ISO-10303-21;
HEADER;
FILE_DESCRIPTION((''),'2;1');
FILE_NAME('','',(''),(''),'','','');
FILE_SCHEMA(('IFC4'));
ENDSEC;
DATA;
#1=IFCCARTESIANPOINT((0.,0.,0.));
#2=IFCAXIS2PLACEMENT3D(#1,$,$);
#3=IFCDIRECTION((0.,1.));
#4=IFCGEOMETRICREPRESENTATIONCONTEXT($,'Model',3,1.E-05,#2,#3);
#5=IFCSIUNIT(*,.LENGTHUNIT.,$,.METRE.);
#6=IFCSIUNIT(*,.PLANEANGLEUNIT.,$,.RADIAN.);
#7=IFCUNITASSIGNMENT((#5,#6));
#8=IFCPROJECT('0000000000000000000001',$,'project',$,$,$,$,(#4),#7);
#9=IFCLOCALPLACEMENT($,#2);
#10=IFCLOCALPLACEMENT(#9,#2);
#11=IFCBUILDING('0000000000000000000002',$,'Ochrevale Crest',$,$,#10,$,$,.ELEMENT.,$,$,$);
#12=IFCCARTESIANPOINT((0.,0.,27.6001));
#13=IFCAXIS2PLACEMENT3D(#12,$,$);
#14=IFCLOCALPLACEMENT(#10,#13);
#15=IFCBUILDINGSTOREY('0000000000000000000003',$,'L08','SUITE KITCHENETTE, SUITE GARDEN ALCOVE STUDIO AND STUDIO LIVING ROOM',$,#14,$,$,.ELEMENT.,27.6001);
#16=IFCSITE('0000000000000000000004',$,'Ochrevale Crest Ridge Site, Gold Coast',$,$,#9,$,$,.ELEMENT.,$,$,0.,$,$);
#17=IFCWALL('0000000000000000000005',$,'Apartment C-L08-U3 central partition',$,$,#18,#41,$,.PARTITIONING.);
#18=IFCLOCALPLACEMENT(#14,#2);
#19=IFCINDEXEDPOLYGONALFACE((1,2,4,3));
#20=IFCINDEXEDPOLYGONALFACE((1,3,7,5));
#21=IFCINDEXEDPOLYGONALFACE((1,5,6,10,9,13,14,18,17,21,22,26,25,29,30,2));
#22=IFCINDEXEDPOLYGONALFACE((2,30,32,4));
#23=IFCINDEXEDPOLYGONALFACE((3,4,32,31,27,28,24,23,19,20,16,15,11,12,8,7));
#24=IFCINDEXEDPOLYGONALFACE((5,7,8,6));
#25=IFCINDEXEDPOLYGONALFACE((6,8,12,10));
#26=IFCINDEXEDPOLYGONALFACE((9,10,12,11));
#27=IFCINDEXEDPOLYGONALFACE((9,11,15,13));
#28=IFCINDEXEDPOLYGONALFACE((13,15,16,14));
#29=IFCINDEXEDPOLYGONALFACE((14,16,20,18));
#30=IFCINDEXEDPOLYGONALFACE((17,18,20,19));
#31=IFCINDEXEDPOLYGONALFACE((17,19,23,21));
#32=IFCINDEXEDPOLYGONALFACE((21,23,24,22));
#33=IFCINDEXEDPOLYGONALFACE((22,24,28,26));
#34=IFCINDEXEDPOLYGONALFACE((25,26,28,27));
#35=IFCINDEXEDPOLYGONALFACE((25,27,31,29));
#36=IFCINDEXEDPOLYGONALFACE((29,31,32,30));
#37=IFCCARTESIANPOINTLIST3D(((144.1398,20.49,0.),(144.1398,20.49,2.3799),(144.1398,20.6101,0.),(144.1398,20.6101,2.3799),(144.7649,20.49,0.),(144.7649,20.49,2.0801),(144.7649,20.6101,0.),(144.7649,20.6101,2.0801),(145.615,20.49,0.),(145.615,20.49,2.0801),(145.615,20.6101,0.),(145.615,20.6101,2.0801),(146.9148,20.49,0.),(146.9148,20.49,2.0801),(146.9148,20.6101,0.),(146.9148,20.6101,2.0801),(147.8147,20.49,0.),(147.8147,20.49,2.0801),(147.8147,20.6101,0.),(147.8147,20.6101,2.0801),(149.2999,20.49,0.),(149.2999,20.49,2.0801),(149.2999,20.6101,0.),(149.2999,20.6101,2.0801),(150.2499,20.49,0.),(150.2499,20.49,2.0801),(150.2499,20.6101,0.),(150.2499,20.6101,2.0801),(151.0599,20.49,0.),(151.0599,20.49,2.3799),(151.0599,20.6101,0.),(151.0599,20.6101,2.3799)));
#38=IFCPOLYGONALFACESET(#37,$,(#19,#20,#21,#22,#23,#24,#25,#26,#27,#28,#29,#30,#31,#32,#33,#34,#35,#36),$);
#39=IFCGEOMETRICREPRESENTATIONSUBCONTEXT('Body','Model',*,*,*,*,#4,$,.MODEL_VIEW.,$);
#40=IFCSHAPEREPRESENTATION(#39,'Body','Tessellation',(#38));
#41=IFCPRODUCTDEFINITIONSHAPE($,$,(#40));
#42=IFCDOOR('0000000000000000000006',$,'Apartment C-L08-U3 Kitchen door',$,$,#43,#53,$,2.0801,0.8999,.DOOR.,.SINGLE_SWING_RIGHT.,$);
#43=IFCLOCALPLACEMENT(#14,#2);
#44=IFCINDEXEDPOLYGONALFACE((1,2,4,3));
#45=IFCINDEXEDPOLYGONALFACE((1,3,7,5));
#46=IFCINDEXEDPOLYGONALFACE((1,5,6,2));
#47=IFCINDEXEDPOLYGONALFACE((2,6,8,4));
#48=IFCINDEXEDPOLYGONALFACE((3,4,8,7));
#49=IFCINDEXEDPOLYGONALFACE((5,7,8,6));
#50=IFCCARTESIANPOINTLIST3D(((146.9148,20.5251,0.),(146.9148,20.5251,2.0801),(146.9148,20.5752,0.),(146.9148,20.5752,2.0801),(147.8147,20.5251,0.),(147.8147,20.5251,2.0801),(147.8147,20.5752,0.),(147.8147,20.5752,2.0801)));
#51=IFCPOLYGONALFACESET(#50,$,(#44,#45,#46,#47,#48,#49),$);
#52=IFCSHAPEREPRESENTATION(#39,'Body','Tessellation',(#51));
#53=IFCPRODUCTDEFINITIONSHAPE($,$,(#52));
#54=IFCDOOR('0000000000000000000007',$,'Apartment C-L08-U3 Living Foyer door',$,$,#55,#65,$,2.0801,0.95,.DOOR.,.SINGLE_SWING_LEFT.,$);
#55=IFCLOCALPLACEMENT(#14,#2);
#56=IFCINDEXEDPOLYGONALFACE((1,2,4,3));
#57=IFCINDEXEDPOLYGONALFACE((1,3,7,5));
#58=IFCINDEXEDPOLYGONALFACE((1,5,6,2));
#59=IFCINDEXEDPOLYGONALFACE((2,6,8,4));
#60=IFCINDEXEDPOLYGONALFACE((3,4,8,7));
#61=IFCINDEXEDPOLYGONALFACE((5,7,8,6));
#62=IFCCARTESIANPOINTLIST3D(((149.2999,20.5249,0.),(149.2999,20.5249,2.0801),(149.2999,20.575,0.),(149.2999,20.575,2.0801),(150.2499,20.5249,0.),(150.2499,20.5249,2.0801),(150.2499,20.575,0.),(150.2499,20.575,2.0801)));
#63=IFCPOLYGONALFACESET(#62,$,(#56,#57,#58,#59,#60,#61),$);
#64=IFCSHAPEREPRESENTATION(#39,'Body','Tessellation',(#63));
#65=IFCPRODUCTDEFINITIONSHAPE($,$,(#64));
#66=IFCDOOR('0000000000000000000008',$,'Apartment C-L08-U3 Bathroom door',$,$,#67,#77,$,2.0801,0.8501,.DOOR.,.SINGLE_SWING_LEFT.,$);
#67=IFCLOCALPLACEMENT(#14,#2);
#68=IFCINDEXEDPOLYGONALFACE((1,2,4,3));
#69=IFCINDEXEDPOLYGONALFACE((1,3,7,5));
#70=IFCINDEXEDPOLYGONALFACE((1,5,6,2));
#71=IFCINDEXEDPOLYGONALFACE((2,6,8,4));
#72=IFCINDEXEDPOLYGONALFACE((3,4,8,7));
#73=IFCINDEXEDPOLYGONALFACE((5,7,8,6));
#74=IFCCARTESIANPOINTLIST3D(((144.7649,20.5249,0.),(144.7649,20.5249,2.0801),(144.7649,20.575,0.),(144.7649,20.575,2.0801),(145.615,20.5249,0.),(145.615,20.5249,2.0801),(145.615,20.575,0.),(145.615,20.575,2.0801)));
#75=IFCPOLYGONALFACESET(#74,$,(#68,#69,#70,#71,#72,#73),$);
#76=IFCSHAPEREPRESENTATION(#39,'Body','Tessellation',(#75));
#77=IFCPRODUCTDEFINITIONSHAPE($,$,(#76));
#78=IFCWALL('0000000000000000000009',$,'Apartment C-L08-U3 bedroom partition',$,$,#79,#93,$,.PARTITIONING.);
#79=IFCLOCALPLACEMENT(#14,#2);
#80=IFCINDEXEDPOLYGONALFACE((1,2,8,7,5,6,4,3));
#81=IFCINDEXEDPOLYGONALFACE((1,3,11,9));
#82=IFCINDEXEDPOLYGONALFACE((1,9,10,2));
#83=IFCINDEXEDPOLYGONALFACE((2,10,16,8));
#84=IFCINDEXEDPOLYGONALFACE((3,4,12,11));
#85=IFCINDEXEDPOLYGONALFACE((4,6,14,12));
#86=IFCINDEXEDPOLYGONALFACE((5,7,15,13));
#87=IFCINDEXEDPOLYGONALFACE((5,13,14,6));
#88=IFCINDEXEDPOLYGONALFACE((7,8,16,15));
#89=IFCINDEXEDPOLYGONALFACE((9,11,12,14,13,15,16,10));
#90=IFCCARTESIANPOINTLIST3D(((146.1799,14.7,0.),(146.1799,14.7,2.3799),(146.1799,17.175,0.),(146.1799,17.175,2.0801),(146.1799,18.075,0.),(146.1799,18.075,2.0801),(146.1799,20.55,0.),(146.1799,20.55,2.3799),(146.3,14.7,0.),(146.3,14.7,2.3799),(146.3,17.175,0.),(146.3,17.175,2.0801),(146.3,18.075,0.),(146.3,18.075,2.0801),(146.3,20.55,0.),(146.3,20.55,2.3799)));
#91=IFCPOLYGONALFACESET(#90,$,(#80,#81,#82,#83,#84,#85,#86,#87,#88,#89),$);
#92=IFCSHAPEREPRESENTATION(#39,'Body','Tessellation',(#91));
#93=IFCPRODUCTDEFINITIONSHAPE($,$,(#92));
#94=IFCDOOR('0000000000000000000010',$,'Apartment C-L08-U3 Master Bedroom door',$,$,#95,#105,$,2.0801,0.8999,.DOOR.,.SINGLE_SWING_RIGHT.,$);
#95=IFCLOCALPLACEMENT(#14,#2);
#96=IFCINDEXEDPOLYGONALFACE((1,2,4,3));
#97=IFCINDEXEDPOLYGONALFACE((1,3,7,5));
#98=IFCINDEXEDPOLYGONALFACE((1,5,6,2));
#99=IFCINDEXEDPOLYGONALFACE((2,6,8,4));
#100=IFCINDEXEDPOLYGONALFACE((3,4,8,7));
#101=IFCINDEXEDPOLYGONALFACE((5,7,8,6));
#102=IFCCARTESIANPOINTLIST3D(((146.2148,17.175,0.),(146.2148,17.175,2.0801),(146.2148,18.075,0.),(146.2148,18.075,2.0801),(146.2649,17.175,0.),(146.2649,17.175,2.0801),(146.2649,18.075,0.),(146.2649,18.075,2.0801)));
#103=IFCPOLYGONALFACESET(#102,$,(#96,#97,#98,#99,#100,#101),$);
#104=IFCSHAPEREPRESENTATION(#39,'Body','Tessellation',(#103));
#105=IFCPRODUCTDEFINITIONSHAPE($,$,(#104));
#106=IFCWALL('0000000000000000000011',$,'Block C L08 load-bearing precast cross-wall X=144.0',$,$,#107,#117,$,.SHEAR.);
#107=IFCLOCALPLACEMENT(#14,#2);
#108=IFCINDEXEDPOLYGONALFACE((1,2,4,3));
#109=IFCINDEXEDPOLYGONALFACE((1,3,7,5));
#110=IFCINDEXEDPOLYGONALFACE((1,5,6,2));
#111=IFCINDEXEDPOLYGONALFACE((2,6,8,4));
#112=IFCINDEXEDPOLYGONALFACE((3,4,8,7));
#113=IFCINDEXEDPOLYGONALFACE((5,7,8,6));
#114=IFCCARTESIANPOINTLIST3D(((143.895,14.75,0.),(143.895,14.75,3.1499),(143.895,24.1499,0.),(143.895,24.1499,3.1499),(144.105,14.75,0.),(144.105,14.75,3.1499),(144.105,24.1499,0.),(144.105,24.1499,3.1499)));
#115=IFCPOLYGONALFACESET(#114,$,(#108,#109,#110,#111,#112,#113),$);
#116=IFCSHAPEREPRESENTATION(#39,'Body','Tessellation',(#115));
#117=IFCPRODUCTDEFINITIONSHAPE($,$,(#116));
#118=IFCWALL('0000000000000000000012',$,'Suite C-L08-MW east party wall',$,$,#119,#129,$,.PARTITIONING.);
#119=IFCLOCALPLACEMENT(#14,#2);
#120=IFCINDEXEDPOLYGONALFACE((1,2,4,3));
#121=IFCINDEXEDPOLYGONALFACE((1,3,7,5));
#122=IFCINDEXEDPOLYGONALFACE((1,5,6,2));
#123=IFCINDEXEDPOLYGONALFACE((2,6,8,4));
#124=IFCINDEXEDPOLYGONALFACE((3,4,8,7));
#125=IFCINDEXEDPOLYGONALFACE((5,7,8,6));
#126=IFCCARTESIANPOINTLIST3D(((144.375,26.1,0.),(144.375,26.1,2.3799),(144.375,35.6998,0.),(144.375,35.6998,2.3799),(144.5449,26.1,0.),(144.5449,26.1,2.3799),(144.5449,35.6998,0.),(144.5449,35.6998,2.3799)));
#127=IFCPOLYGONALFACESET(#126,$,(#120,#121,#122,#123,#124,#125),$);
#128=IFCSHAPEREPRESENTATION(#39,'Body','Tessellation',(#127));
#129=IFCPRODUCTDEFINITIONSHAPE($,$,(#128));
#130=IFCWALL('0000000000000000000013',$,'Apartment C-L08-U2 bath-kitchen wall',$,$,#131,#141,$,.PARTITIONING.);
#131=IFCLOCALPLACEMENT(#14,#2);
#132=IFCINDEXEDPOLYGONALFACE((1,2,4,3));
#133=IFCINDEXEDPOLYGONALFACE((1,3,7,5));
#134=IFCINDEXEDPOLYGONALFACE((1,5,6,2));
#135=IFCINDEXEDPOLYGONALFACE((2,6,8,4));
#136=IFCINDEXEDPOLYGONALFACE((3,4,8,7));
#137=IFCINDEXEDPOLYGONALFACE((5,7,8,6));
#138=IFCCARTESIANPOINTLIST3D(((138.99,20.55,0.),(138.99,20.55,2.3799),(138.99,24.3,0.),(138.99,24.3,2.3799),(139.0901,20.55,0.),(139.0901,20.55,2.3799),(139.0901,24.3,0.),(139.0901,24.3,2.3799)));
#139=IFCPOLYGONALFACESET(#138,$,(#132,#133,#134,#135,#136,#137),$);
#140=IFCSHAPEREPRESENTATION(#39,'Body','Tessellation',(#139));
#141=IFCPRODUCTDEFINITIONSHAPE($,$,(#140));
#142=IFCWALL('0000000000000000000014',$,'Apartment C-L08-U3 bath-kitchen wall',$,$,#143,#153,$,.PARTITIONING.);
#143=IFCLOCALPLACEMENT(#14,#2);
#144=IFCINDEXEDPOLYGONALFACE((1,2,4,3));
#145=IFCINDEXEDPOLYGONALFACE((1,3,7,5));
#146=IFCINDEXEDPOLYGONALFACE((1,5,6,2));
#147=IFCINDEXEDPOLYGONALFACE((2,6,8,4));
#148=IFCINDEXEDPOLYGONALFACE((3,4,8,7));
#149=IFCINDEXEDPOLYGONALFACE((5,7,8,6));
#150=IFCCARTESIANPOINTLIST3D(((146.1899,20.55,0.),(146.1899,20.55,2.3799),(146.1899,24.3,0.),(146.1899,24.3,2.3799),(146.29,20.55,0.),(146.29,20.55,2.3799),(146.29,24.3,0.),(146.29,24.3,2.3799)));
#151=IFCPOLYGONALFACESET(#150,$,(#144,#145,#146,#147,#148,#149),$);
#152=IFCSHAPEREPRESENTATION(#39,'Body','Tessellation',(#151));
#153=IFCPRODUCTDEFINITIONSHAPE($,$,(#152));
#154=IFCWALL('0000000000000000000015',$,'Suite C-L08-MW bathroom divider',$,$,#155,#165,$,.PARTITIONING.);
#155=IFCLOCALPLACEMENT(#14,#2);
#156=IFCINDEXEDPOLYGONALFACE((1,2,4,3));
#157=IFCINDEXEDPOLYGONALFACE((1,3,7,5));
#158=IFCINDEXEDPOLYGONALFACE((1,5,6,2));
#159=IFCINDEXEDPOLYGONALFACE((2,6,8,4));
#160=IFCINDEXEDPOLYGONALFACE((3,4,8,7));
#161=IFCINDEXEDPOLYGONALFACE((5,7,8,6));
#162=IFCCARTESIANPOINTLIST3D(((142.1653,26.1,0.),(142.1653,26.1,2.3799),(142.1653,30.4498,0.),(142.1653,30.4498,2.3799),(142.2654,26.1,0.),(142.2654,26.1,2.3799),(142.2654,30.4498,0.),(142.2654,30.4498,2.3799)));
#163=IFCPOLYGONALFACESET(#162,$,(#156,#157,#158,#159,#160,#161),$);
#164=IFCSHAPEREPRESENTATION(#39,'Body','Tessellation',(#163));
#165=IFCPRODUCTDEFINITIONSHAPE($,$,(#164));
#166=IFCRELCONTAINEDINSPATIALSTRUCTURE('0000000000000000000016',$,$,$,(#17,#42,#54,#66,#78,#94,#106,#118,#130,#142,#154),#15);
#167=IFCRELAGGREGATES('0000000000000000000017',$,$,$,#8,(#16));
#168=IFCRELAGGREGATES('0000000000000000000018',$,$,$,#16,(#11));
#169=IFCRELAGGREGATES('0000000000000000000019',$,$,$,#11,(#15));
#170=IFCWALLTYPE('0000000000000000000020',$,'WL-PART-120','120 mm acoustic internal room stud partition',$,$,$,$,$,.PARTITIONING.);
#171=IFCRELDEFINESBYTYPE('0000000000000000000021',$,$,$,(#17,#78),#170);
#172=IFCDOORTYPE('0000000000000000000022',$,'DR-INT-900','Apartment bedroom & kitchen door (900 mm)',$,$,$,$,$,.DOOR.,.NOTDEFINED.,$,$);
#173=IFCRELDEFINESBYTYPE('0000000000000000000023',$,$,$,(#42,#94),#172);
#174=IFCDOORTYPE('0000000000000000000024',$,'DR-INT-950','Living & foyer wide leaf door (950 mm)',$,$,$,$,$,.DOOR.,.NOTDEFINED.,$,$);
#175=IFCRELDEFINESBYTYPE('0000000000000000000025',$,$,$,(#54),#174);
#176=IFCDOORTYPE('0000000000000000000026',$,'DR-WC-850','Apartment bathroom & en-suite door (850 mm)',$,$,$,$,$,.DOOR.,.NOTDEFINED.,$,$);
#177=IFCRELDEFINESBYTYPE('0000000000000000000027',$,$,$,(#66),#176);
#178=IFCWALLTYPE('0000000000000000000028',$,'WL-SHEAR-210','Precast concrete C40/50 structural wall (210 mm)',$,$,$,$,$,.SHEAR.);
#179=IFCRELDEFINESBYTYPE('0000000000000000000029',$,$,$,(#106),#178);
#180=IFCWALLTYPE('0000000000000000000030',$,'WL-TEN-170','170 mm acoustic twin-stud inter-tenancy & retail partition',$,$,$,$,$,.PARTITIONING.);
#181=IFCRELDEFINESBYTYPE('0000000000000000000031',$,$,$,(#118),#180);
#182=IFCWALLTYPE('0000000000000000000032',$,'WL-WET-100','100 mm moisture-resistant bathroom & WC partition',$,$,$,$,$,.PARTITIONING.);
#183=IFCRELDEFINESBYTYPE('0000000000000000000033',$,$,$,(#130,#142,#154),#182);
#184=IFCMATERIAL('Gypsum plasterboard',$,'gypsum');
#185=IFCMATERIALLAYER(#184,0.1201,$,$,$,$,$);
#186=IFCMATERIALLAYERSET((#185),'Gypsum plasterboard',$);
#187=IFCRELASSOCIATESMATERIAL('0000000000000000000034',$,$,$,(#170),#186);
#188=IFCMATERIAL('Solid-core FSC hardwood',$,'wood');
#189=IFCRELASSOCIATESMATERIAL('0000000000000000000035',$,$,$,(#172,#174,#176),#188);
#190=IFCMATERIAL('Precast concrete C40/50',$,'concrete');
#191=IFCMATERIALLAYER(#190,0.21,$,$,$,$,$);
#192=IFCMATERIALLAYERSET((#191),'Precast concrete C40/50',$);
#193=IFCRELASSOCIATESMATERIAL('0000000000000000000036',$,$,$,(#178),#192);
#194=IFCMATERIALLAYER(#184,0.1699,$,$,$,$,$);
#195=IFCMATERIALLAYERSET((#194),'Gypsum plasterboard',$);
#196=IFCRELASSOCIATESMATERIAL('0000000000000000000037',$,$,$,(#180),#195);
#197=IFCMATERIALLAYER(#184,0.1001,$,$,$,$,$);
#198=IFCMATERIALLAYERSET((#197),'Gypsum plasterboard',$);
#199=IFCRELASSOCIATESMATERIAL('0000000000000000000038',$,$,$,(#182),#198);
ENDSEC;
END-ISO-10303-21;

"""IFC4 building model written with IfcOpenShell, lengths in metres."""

from ifc_helpers import new_model, si_unit, direction, frame, frame_2d, origin, place, context, subcontext, project, spatial, rectangle, extrude, material, layer, layer_set, type_object, element, fill, save


model = new_model("IFC4")

# Units and contexts
model_context = context("Model", 3, precision=1e-05, world=origin(), true_north=direction((0.0, 1.0)))
body_context = subcontext(model_context, "Body", "Model", "MODEL_VIEW")
ifc_project = project(units=[si_unit("LENGTHUNIT", "METRE"), si_unit("PLANEANGLEUNIT", "RADIAN")], contexts=[model_context])

# Site, building, storey
site_placement = place(None, origin())
site = spatial("IfcSite", under=ifc_project, at=site_placement, Name="Ochrevale Crest Ridge Site, Gold Coast", CompositionType="ELEMENT", RefElevation=0.0)
building_placement = place(site_placement, origin())
building = spatial("IfcBuilding", under=site, at=building_placement, Name="Ochrevale Crest", CompositionType="ELEMENT")
storey_placement = place(building_placement, frame((0.0, 0.0, 27.6001)))
storey = spatial("IfcBuildingStorey", under=building, at=storey_placement, Name="L08", Description="SUITE KITCHENETTE, SUITE GARDEN ALCOVE STUDIO AND STUDIO LIVING ROOM", CompositionType="ELEMENT", Elevation=27.6001)

# Shared definitions
ifc_material_1 = material(Name="Gypsum plasterboard", Category="gypsum")
ifc_material_2 = material(Name="Solid-core FSC hardwood", Category="wood")

# Shared definitions
ifc_layer_1 = layer(ifc_material_1, 0.1201)
ifc_layer_set_1 = layer_set([ifc_layer_1], Name="Gypsum plasterboard")
wall_type_1 = type_object("IfcWallType", Name="WL-PART-120", Description="120 mm acoustic internal room stud partition", PredefinedType="PARTITIONING", material=ifc_layer_set_1)

# Wall, openings, doors
door_type_1 = type_object("IfcDoorType", Name="DR-INT-900", Description="Apartment bedroom & kitchen door (900 mm)", OperationType="NOTDEFINED", PredefinedType="DOOR", material=ifc_material_2)
door_type_2 = type_object("IfcDoorType", Name="DR-INT-950", Description="Living & foyer wide leaf door (950 mm)", OperationType="NOTDEFINED", PredefinedType="DOOR", material=ifc_material_2)
door_type_3 = type_object("IfcDoorType", Name="DR-WC-850", Description="Apartment bathroom & en-suite door (850 mm)", OperationType="NOTDEFINED", PredefinedType="DOOR", material=ifc_material_2)
wall_1_placement = place(storey_placement, frame((144.1399, 20.55, 0.0), z_axis=(0.0, 0.0, 1.0), x_axis=(1.0, 0.0, 0.0)))
wall_1 = element("IfcWall", 1, at=wall_1_placement, inside=storey, type_object=wall_type_1, Name="Apartment C-L08-U3 central partition", PredefinedType="PARTITIONING", context=body_context, shape_type="SweptSolid", body=[
    extrude(rectangle(XDim=6.9202, YDim=0.1201, at=frame_2d((3.46, 0.0))), origin(), (0.0, 0.0, 1.0), 2.3799),
])
opening_1_placement = place(wall_1_placement, frame((0.625, 0.0, 0.0)))
opening_1 = element("IfcOpeningElement", 2, at=opening_1_placement, cuts=wall_1, PredefinedType="OPENING", context=body_context, shape_type="SweptSolid", body=[
    extrude(rectangle(XDim=0.8501, YDim=2.0801, at=frame_2d((0.425, 1.04))), frame((0.0, 0.0701, 0.0), z_axis=(0.0, -1.0, 0.0), x_axis=(1.0, 0.0, 0.0)), (0.0, 0.0, 1.0), 0.1401),
])
opening_2_placement = place(wall_1_placement, frame((3.6748, 0.0, 0.0), z_axis=(0.0, 0.0, 1.0), x_axis=(-1.0, 0.0, 0.0)))
opening_2 = element("IfcOpeningElement", 3, at=opening_2_placement, cuts=wall_1, PredefinedType="OPENING", context=body_context, shape_type="SweptSolid", body=[
    extrude(rectangle(XDim=0.8999, YDim=2.0801, at=frame_2d((0.45, 1.04))), frame((0.0, 0.0701, 0.0), z_axis=(0.0, -1.0, 0.0), x_axis=(1.0, 0.0, 0.0)), (0.0, 0.0, 1.0), 0.1401),
])
opening_3_placement = place(wall_1_placement, frame((5.1599, 0.0, 0.0)))
opening_3 = element("IfcOpeningElement", 4, at=opening_3_placement, cuts=wall_1, PredefinedType="OPENING", context=body_context, shape_type="SweptSolid", body=[
    extrude(rectangle(XDim=0.95, YDim=2.0801, at=frame_2d((0.4751, 1.04))), frame((0.0, 0.0701, 0.0), z_axis=(0.0, -1.0, 0.0), x_axis=(1.0, 0.0, 0.0)), (0.0, 0.0, 1.0), 0.1401),
])
door_1_placement = place(opening_2_placement, origin())
door_1 = element("IfcDoor", 5, at=door_1_placement, inside=storey, type_object=door_type_1, Name="Apartment C-L08-U3 Kitchen door", OperationType="SINGLE_SWING_RIGHT", OverallHeight=2.0801, OverallWidth=0.8999, PredefinedType="DOOR", context=body_context, shape_type="SweptSolid", body=[
    extrude(rectangle(XDim=0.8999, YDim=2.0801, at=frame_2d((0.45, 1.04))), frame((0.0, 0.0249, 0.0), z_axis=(0.0, -1.0, 0.0), x_axis=(1.0, 0.0, 0.0)), (0.0, 0.0, 1.0), 0.05),
])
fill(opening_2, door_1)
door_2_placement = place(opening_3_placement, origin())
door_2 = element("IfcDoor", 6, at=door_2_placement, inside=storey, type_object=door_type_2, Name="Apartment C-L08-U3 Living Foyer door", OperationType="SINGLE_SWING_LEFT", OverallHeight=2.0801, OverallWidth=0.95, PredefinedType="DOOR", context=body_context, shape_type="SweptSolid", body=[
    extrude(rectangle(XDim=0.95, YDim=2.0801, at=frame_2d((0.4751, 1.04))), frame((0.0, 0.0249, 0.0), z_axis=(0.0, -1.0, 0.0), x_axis=(1.0, 0.0, 0.0)), (0.0, 0.0, 1.0), 0.05),
])
fill(opening_3, door_2)
door_3_placement = place(opening_1_placement, origin())
door_3 = element("IfcDoor", 7, at=door_3_placement, inside=storey, type_object=door_type_3, Name="Apartment C-L08-U3 Bathroom door", OperationType="SINGLE_SWING_LEFT", OverallHeight=2.0801, OverallWidth=0.8501, PredefinedType="DOOR", context=body_context, shape_type="SweptSolid", body=[
    extrude(rectangle(XDim=0.8501, YDim=2.0801, at=frame_2d((0.425, 1.04))), frame((0.0, 0.0249, 0.0), z_axis=(0.0, -1.0, 0.0), x_axis=(1.0, 0.0, 0.0)), (0.0, 0.0, 1.0), 0.05),
])
fill(opening_1, door_3)

# Wall, opening, door
wall_2_placement = place(storey_placement, frame((146.24, 14.7, 0.0), z_axis=(0.0, 0.0, 1.0), x_axis=(0.0, 1.0, 0.0)))
wall_2 = element("IfcWall", 8, at=wall_2_placement, inside=storey, type_object=wall_type_1, Name="Apartment C-L08-U3 bedroom partition", PredefinedType="PARTITIONING", context=body_context, shape_type="SweptSolid", body=[
    extrude(rectangle(XDim=5.8501, YDim=0.1201, at=frame_2d((2.925, 0.0))), origin(), (0.0, 0.0, 1.0), 2.3799),
])
opening_4_placement = place(wall_2_placement, frame((3.375, 0.0, 0.0), z_axis=(0.0, 0.0, 1.0), x_axis=(-1.0, 0.0, 0.0)))
opening_4 = element("IfcOpeningElement", 9, at=opening_4_placement, cuts=wall_2, PredefinedType="OPENING", context=body_context, shape_type="SweptSolid", body=[
    extrude(rectangle(XDim=0.8999, YDim=2.0801, at=frame_2d((0.45, 1.04))), frame((0.0, 0.0701, 0.0), z_axis=(0.0, -1.0, 0.0), x_axis=(1.0, 0.0, 0.0)), (0.0, 0.0, 1.0), 0.1401),
])
door_4_placement = place(opening_4_placement, origin())
door_4 = element("IfcDoor", 10, at=door_4_placement, inside=storey, type_object=door_type_1, Name="Apartment C-L08-U3 Master Bedroom door", OperationType="SINGLE_SWING_RIGHT", OverallHeight=2.0801, OverallWidth=0.8999, PredefinedType="DOOR", context=body_context, shape_type="SweptSolid", body=[
    extrude(rectangle(XDim=0.8999, YDim=2.0801, at=frame_2d((0.45, 1.04))), frame((0.0, 0.0249, 0.0), z_axis=(0.0, -1.0, 0.0), x_axis=(1.0, 0.0, 0.0)), (0.0, 0.0, 1.0), 0.05),
])
fill(opening_4, door_4)

# Walls
ifc_material_3 = material(Name="Precast concrete C40/50", Category="concrete")
ifc_layer_2 = layer(ifc_material_3, 0.21)
ifc_layer_set_2 = layer_set([ifc_layer_2], Name="Precast concrete C40/50")
wall_type_2 = type_object("IfcWallType", Name="WL-SHEAR-210", Description="Precast concrete C40/50 structural wall (210 mm)", PredefinedType="SHEAR", material=ifc_layer_set_2)
wall_3_placement = place(storey_placement, frame((144.0, 14.75, 0.0), z_axis=(0.0, 0.0, 1.0), x_axis=(0.0, 1.0, 0.0)))
element("IfcWall", 11, at=wall_3_placement, inside=storey, type_object=wall_type_2, Name="Block C L08 load-bearing precast cross-wall X=144.0", PredefinedType="SHEAR", context=body_context, shape_type="SweptSolid", body=[
    extrude(rectangle(XDim=9.3999, YDim=0.21, at=frame_2d((4.7, 0.0))), origin(), (0.0, 0.0, 1.0), 3.1499),
])
ifc_layer_3 = layer(ifc_material_1, 0.1699)
ifc_layer_set_3 = layer_set([ifc_layer_3], Name="Gypsum plasterboard")
wall_type_3 = type_object("IfcWallType", Name="WL-TEN-170", Description="170 mm acoustic twin-stud inter-tenancy & retail partition", PredefinedType="PARTITIONING", material=ifc_layer_set_3)
wall_4_placement = place(storey_placement, frame((144.46, 26.1001, 0.0), z_axis=(0.0, 0.0, 1.0), x_axis=(0.0, 1.0, 0.0)))
element("IfcWall", 12, at=wall_4_placement, inside=storey, type_object=wall_type_3, Name="Suite C-L08-MW east party wall", PredefinedType="PARTITIONING", context=body_context, shape_type="SweptSolid", body=[
    extrude(rectangle(XDim=9.5999, YDim=0.1699, at=frame_2d((4.7998, 0.0))), origin(), (0.0, 0.0, 1.0), 2.3799),
])
ifc_layer_4 = layer(ifc_material_1, 0.1001)
ifc_layer_set_4 = layer_set([ifc_layer_4], Name="Gypsum plasterboard")
wall_type_4 = type_object("IfcWallType", Name="WL-WET-100", Description="100 mm moisture-resistant bathroom & WC partition", PredefinedType="PARTITIONING", material=ifc_layer_set_4)
for number, where, z_axis, x_axis, name in (
    (13, (139.04, 20.55, 0.0), (0.0, 0.0, 1.0), (0.0, 1.0, 0.0), "Apartment C-L08-U2 bath-kitchen wall"),
    (14, (146.24, 20.55, 0.0), (0.0, 0.0, 1.0), (0.0, 1.0, 0.0), "Apartment C-L08-U3 bath-kitchen wall"),
):
    element("IfcWall", number, at=place(storey_placement, frame(where, z_axis=z_axis, x_axis=x_axis)), inside=storey, type_object=wall_type_4, Name=name, PredefinedType="PARTITIONING", context=body_context, shape_type="SweptSolid", body=[
        extrude(rectangle(XDim=3.75, YDim=0.1001, at=frame_2d((1.875, 0.0))), origin(), (0.0, 0.0, 1.0), 2.3799),
    ])
wall_5_placement = place(storey_placement, frame((142.2153, 26.1001, 0.0), z_axis=(0.0, 0.0, 1.0), x_axis=(0.0, 1.0, 0.0)))
element("IfcWall", 15, at=wall_5_placement, inside=storey, type_object=wall_type_4, Name="Suite C-L08-MW bathroom divider", PredefinedType="PARTITIONING", context=body_context, shape_type="SweptSolid", body=[
    extrude(rectangle(XDim=4.3499, YDim=0.1001, at=frame_2d((2.1748, 0.0))), origin(), (0.0, 0.0, 1.0), 2.3799),
])

save(model, "model.ifc")
